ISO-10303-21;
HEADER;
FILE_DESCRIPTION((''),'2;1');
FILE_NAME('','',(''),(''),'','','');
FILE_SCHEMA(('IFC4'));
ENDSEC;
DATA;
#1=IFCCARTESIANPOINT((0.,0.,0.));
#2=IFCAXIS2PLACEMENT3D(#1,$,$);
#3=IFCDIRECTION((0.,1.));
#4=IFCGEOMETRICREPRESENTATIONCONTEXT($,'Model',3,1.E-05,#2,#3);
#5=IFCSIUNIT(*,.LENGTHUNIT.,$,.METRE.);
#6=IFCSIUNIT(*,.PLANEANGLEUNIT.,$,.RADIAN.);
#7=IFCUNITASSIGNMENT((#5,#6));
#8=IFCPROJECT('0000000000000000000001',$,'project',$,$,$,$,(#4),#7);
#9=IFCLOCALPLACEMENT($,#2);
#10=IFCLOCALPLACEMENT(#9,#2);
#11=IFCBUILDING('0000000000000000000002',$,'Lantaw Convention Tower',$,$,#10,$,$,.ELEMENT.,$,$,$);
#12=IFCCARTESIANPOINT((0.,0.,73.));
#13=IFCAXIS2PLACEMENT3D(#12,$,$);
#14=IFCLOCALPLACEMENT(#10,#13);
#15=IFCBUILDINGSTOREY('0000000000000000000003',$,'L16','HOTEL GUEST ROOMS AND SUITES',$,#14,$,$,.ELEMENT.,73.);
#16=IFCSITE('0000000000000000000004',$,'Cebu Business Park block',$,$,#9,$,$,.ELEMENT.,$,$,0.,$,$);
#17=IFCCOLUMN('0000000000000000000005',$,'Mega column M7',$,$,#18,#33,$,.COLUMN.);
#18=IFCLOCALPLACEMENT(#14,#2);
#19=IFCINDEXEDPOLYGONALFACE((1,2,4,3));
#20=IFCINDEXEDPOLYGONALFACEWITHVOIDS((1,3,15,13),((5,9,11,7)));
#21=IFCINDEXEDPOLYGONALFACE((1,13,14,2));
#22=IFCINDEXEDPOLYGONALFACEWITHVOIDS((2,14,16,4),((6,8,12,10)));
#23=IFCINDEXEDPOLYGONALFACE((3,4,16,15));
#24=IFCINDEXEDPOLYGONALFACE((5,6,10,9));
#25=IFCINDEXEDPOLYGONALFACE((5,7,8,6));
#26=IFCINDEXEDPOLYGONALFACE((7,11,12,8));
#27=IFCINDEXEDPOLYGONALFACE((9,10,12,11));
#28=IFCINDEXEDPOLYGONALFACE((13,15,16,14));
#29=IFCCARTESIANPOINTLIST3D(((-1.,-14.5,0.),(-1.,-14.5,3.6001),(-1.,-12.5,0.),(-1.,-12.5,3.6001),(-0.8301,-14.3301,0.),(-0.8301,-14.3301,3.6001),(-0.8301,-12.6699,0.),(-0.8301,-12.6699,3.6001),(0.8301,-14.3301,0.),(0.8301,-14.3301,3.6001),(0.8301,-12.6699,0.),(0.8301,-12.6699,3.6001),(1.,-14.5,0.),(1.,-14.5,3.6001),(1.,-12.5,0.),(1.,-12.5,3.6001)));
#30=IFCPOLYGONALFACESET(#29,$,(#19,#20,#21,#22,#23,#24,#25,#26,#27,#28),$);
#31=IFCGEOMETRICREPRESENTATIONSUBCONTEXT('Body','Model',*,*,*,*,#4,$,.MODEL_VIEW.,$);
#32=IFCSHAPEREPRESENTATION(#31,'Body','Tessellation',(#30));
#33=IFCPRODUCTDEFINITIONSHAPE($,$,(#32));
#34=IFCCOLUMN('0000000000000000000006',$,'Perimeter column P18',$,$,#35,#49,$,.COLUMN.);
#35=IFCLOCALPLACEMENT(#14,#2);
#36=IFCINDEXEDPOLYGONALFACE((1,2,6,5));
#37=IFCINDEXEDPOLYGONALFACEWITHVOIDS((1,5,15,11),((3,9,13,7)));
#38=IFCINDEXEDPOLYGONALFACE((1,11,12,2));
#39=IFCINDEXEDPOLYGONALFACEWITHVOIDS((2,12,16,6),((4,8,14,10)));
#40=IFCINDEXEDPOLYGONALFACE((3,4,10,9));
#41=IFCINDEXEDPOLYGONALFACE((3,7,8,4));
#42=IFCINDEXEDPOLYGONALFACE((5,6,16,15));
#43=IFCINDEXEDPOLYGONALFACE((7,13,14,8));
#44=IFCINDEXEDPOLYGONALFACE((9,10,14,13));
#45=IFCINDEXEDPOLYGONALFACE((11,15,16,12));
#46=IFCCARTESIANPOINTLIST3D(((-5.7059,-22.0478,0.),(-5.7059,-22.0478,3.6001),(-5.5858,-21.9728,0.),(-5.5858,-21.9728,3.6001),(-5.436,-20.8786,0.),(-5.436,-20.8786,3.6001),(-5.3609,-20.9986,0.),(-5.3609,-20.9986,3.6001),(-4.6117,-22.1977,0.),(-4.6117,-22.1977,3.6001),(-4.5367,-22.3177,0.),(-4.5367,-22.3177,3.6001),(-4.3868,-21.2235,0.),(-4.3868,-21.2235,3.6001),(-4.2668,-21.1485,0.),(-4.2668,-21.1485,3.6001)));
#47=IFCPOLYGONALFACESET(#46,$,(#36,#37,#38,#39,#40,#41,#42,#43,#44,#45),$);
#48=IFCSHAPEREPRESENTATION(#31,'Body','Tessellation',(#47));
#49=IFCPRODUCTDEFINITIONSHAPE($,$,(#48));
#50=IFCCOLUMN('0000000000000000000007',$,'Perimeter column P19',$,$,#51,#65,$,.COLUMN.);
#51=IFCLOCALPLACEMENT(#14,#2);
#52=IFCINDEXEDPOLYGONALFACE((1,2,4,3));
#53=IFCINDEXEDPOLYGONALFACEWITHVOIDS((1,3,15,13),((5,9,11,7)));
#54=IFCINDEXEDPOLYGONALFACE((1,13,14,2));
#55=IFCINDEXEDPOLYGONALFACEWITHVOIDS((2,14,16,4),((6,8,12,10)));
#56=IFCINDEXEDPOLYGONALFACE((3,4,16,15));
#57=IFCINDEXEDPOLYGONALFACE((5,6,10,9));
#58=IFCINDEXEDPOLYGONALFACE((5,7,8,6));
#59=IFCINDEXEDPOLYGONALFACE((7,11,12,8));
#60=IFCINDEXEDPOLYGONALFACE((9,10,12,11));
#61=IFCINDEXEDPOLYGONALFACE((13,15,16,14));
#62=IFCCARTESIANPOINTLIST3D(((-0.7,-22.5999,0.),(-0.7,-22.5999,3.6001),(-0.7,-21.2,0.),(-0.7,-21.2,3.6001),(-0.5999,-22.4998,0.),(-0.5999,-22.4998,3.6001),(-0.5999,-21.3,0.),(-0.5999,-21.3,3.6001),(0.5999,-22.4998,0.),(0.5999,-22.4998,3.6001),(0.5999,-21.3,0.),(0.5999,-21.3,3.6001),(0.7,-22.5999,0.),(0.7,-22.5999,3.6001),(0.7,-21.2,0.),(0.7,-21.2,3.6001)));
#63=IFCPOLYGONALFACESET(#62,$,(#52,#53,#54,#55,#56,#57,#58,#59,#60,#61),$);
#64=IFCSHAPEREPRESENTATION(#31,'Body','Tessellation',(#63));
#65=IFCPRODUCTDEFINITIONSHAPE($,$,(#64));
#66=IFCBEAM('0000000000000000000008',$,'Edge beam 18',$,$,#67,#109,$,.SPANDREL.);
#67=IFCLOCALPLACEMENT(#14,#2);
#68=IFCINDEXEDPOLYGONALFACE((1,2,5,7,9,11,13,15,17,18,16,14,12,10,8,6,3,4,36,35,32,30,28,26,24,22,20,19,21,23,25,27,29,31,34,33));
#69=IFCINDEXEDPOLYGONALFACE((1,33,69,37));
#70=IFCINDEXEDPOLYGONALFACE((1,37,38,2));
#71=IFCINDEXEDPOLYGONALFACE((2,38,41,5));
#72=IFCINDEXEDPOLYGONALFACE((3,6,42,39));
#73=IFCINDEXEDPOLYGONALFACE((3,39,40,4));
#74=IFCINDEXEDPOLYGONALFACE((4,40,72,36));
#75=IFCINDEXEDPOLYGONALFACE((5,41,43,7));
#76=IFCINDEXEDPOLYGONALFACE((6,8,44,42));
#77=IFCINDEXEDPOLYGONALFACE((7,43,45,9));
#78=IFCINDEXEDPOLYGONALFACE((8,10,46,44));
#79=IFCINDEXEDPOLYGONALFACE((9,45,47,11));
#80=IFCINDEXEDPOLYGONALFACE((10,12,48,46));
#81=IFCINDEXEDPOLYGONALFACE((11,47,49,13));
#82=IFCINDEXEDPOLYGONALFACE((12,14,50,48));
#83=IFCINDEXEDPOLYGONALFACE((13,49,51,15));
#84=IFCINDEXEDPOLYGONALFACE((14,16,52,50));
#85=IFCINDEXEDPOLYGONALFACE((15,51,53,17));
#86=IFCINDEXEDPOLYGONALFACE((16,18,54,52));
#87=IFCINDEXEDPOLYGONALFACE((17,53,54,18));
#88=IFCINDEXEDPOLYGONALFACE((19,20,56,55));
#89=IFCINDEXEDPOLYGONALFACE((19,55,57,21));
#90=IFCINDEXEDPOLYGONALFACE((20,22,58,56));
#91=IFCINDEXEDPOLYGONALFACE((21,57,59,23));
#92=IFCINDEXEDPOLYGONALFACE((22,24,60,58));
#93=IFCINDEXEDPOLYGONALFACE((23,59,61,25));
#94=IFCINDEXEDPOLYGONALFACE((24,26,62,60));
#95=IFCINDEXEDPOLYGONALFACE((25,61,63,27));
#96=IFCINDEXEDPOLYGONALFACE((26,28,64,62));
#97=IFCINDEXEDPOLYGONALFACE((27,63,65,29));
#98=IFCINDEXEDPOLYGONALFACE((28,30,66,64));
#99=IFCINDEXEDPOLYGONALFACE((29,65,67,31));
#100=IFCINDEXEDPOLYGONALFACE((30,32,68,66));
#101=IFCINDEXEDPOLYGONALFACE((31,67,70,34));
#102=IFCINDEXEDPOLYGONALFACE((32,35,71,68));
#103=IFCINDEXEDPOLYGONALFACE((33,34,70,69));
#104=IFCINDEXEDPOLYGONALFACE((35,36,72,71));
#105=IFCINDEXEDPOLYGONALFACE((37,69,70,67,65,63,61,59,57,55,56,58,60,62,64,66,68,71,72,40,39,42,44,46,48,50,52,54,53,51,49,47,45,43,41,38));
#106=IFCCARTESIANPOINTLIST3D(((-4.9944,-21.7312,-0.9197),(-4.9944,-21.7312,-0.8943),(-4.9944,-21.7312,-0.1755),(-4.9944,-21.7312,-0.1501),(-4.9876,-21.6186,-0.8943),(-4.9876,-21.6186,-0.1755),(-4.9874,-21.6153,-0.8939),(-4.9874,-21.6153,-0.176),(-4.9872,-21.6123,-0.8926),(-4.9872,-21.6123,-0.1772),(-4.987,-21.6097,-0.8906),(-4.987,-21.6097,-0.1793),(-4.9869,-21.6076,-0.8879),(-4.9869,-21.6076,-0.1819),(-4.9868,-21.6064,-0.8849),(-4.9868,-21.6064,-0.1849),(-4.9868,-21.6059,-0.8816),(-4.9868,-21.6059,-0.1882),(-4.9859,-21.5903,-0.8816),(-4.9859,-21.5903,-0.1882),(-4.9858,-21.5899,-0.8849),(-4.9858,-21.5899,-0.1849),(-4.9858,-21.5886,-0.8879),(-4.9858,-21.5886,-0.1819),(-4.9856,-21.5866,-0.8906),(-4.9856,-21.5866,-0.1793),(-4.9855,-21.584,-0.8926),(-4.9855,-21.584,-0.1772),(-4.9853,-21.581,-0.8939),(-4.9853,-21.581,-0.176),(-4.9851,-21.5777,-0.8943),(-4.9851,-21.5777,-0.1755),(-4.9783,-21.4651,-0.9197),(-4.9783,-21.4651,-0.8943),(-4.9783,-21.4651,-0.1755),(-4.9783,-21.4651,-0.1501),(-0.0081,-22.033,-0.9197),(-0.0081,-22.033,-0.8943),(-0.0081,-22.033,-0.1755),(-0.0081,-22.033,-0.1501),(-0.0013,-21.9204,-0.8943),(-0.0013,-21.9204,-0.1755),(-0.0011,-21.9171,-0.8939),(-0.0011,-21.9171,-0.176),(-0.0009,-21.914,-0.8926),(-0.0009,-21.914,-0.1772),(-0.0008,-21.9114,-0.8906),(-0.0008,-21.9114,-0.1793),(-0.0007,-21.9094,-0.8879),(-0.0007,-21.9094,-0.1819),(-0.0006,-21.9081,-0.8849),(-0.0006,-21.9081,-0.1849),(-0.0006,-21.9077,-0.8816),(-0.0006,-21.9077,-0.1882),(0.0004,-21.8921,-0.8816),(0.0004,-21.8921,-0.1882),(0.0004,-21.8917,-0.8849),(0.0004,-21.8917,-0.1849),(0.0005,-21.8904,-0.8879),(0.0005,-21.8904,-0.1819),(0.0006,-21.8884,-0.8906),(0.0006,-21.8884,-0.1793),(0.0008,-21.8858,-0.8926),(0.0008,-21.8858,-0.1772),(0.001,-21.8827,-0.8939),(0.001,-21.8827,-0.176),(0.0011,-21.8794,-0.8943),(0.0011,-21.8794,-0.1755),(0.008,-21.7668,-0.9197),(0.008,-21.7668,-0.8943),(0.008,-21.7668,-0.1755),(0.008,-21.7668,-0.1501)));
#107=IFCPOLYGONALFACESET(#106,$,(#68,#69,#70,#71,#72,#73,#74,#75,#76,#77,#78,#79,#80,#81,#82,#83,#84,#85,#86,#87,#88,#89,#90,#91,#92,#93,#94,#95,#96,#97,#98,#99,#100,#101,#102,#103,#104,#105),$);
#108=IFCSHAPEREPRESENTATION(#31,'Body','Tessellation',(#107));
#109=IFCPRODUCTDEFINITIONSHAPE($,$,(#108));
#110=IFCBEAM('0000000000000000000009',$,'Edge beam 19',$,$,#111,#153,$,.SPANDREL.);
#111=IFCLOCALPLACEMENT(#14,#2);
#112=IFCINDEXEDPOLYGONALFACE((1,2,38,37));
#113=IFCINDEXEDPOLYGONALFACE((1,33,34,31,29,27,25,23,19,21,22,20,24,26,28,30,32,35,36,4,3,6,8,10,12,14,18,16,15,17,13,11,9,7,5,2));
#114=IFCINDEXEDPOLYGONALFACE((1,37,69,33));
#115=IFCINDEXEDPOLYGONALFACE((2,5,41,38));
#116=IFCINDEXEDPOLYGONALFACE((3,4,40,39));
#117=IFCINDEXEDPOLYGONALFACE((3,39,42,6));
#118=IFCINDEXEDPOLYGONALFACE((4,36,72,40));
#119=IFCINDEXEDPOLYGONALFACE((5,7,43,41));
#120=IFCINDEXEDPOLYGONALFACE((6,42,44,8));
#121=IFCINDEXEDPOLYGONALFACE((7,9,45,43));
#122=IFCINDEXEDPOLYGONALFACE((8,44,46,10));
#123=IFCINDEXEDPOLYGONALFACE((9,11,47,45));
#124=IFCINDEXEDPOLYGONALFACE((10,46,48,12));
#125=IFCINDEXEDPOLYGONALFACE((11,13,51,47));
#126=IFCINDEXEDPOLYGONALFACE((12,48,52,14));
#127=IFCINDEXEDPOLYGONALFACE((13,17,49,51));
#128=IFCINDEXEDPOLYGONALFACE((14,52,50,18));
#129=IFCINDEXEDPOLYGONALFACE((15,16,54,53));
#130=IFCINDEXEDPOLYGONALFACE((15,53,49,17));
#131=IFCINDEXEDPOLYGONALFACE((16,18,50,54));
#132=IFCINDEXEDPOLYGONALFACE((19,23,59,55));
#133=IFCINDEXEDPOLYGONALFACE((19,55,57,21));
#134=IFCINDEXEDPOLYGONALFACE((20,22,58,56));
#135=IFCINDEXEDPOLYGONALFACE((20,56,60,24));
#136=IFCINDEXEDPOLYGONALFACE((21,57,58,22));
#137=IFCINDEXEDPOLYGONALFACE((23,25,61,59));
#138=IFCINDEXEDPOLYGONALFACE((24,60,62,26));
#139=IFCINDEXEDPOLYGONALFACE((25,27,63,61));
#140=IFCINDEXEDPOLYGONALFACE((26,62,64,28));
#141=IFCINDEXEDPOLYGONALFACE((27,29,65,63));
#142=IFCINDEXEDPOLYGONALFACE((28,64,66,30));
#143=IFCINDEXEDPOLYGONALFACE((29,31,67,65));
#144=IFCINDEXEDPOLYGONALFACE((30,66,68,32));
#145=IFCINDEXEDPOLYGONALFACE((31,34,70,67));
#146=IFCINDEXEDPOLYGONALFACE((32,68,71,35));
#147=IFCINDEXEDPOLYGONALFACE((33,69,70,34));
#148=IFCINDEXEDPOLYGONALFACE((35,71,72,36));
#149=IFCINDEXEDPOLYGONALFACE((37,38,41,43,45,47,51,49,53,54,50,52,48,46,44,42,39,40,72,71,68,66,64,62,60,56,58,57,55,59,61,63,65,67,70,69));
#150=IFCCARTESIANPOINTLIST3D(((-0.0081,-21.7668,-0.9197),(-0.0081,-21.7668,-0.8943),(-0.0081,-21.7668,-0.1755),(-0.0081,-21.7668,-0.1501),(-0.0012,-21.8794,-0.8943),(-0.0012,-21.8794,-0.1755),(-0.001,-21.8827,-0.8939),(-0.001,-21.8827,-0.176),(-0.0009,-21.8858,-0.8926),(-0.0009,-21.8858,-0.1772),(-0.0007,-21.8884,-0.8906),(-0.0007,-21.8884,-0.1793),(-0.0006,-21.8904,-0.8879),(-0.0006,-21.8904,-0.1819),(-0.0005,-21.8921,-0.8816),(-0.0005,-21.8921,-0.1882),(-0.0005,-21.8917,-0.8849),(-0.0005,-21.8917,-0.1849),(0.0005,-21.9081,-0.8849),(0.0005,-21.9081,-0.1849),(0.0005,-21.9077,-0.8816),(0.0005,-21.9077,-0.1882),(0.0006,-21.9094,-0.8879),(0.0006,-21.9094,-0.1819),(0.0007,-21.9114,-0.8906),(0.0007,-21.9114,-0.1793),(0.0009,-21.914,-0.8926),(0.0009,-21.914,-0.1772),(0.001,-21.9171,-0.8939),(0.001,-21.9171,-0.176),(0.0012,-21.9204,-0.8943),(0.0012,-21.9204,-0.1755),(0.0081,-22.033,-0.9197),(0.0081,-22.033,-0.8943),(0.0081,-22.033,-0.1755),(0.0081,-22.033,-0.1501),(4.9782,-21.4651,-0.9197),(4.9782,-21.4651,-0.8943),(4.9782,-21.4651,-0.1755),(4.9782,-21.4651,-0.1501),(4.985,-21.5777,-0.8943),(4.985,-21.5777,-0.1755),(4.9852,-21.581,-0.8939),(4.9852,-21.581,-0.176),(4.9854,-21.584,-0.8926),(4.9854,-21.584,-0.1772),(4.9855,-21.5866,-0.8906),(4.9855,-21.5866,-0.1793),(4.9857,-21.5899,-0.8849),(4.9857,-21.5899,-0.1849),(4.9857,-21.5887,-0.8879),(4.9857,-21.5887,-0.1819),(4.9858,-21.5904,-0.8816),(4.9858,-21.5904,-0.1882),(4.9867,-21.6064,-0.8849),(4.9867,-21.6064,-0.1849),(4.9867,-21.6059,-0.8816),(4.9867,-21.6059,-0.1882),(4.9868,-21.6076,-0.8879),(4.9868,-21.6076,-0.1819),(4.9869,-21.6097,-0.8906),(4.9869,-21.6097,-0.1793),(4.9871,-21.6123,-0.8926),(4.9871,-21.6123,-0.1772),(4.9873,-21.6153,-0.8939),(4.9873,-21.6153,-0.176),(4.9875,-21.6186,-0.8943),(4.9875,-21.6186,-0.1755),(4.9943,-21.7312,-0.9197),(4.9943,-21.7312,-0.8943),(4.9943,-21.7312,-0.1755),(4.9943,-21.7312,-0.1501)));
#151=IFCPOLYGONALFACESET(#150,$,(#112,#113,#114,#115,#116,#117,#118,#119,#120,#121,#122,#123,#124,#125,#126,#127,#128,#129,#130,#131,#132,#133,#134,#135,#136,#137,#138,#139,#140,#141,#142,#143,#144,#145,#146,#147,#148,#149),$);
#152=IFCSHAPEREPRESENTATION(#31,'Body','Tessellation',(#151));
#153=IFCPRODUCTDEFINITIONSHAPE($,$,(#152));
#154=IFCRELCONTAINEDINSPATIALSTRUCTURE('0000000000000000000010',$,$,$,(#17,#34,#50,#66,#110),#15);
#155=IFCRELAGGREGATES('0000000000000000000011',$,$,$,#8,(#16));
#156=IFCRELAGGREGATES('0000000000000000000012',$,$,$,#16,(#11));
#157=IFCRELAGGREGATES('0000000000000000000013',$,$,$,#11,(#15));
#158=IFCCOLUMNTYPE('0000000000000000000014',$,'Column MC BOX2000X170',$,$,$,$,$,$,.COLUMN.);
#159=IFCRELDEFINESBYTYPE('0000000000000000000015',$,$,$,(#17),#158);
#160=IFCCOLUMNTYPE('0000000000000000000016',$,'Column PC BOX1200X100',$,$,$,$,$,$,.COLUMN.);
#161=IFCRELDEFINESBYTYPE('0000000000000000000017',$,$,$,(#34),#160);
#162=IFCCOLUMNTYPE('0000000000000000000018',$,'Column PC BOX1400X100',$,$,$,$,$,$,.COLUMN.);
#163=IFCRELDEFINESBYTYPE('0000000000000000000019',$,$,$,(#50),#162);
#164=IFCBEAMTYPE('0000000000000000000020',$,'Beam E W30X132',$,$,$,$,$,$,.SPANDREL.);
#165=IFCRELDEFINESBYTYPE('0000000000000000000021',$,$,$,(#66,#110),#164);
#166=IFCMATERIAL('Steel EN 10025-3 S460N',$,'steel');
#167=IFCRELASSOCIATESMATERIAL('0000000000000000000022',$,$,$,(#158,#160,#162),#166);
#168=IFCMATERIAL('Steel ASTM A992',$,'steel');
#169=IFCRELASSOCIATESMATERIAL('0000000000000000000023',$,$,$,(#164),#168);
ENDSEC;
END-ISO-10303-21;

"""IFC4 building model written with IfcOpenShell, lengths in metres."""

from ifc_helpers import new_model, si_unit, direction, frame, origin, origin_2d, place, context, subcontext, project, spatial, rectangle, hollow_rectangle, i_section, extrude, material, material_profile, profile_set, type_object, element, save


model = new_model("IFC4")

# Units and contexts
model_context = context("Model", 3, precision=1e-05, world=origin(), true_north=direction((0.0, 1.0)))
body_context = subcontext(model_context, "Body", "Model", "MODEL_VIEW")
ifc_project = project(units=[si_unit("LENGTHUNIT", "METRE"), si_unit("PLANEANGLEUNIT", "RADIAN")], contexts=[model_context])

# Site, building, storey
site_placement = place(None, origin())
site = spatial("IfcSite", under=ifc_project, at=site_placement, Name="Cebu Business Park block", CompositionType="ELEMENT", RefElevation=0.0)
building_placement = place(site_placement, origin())
building = spatial("IfcBuilding", under=site, at=building_placement, Name="Lantaw Convention Tower", CompositionType="ELEMENT")
storey_placement = place(building_placement, frame((0.0, 0.0, 73.0)))
storey = spatial("IfcBuildingStorey", under=building, at=storey_placement, Name="L16", Description="HOTEL GUEST ROOMS AND SUITES", CompositionType="ELEMENT", Elevation=73.0)

# Columns
ifc_material_1 = material(Name="Steel EN 10025-3 S460N", Category="steel")
ifc_material_profile_1 = material_profile(ifc_material_1, hollow_rectangle(XDim=2.0, YDim=2.0, WallThickness=0.1699, at=origin_2d()), Name="BOX2000X170")
ifc_material_2 = material(Name="Concrete C60/75", Category="concrete")
ifc_material_profile_2 = material_profile(ifc_material_2, rectangle(XDim=1.6599, YDim=1.6599, at=origin_2d()), Name="Concrete fill of BOX2000X170")
ifc_profile_set_1 = profile_set([ifc_material_profile_1, ifc_material_profile_2], Name="Steel EN 10025-3 S460N")
column_type_1 = type_object("IfcColumnType", Name="Column MC BOX2000X170", PredefinedType="COLUMN", material=ifc_profile_set_1)
column_1_placement = place(storey_placement, frame((0.0, -13.5, 0.0), z_axis=(0.0, 0.0, 1.0), x_axis=(1.0, 0.0, 0.0)))
element("IfcColumn", 1, at=column_1_placement, inside=storey, type_object=column_type_1, Name="Mega column M7", PredefinedType="COLUMN", context=body_context, shape_type="SweptSolid", body=[
    extrude(hollow_rectangle(XDim=2.0, YDim=2.0, WallThickness=0.1699, at=origin_2d()), origin(), (0.0, 0.0, 1.0), 3.6001),
])
ifc_material_profile_3 = material_profile(ifc_material_1, hollow_rectangle(XDim=1.2, YDim=1.2, WallThickness=0.1001, at=origin_2d()), Name="BOX1200X100")
ifc_material_profile_4 = material_profile(ifc_material_2, rectangle(XDim=1.0, YDim=1.0, at=origin_2d()), Name="Concrete fill of BOX1200X100")
ifc_profile_set_2 = profile_set([ifc_material_profile_3, ifc_material_profile_4], Name="Steel EN 10025-3 S460N")
column_type_2 = type_object("IfcColumnType", Name="Column PC BOX1200X100", PredefinedType="COLUMN", material=ifc_profile_set_2)
column_2_placement = place(storey_placement, frame((-4.9863, -21.5981, 0.0), z_axis=(0.0, 0.0, 1.0), x_axis=(0.224951, 0.97437, 0.0)))
element("IfcColumn", 2, at=column_2_placement, inside=storey, type_object=column_type_2, Name="Perimeter column P18", PredefinedType="COLUMN", context=body_context, shape_type="SweptSolid", body=[
    extrude(hollow_rectangle(XDim=1.2, YDim=1.2, WallThickness=0.1001, at=origin_2d()), origin(), (0.0, 0.0, 1.0), 3.6001),
])
ifc_material_profile_5 = material_profile(ifc_material_1, hollow_rectangle(XDim=1.3999, YDim=1.3999, WallThickness=0.1001, at=origin_2d()), Name="BOX1400X100")
ifc_material_profile_6 = material_profile(ifc_material_2, rectangle(XDim=1.2, YDim=1.2, at=origin_2d()), Name="Concrete fill of BOX1400X100")
ifc_profile_set_3 = profile_set([ifc_material_profile_5, ifc_material_profile_6], Name="Steel EN 10025-3 S460N")
column_type_3 = type_object("IfcColumnType", Name="Column PC BOX1400X100", PredefinedType="COLUMN", material=ifc_profile_set_3)
column_3_placement = place(storey_placement, frame((0.0, -21.8999, 0.0), z_axis=(0.0, 0.0, 1.0), x_axis=(1.0, 0.0, 0.0)))
element("IfcColumn", 3, at=column_3_placement, inside=storey, type_object=column_type_3, Name="Perimeter column P19", PredefinedType="COLUMN", context=body_context, shape_type="SweptSolid", body=[
    extrude(hollow_rectangle(XDim=1.3999, YDim=1.3999, WallThickness=0.1001, at=origin_2d()), origin(), (0.0, 0.0, 1.0), 3.6001),
])

# Beams
ifc_material_3 = material(Name="Steel ASTM A992", Category="steel")
ifc_material_profile_7 = material_profile(ifc_material_3, i_section(OverallWidth=0.2666, OverallDepth=0.7695, WebThickness=0.0156, FlangeThickness=0.0254, FilletRadius=0.0127, at=origin_2d()), Name="W30X132")
ifc_profile_set_4 = profile_set([ifc_material_profile_7], Name="Steel ASTM A992")
beam_type_1 = type_object("IfcBeamType", Name="Beam E W30X132", PredefinedType="SPANDREL", material=ifc_profile_set_4)
for number, where, z_axis, x_axis, name in (
    (4, (-4.9863, -21.5981, -0.5349), (0.998174, -0.060407, 0.0), (0.060407, 0.998174, 0.0), "Edge beam 18"),
    (5, (0.0, -21.8999, -0.5349), (0.998174, 0.060407, 0.0), (-0.060407, 0.998174, 0.0), "Edge beam 19"),
):
    element("IfcBeam", number, at=place(storey_placement, frame(where, z_axis=z_axis, x_axis=x_axis)), inside=storey, type_object=beam_type_1, Name=name, PredefinedType="SPANDREL", context=body_context, shape_type="SweptSolid", body=[
        extrude(i_section(OverallWidth=0.2666, OverallDepth=0.7695, WebThickness=0.0156, FlangeThickness=0.0254, FilletRadius=0.0127, at=origin_2d()), origin(), (0.0, 0.0, 1.0), 4.9954),
    ])

save(model, "model.ifc")
